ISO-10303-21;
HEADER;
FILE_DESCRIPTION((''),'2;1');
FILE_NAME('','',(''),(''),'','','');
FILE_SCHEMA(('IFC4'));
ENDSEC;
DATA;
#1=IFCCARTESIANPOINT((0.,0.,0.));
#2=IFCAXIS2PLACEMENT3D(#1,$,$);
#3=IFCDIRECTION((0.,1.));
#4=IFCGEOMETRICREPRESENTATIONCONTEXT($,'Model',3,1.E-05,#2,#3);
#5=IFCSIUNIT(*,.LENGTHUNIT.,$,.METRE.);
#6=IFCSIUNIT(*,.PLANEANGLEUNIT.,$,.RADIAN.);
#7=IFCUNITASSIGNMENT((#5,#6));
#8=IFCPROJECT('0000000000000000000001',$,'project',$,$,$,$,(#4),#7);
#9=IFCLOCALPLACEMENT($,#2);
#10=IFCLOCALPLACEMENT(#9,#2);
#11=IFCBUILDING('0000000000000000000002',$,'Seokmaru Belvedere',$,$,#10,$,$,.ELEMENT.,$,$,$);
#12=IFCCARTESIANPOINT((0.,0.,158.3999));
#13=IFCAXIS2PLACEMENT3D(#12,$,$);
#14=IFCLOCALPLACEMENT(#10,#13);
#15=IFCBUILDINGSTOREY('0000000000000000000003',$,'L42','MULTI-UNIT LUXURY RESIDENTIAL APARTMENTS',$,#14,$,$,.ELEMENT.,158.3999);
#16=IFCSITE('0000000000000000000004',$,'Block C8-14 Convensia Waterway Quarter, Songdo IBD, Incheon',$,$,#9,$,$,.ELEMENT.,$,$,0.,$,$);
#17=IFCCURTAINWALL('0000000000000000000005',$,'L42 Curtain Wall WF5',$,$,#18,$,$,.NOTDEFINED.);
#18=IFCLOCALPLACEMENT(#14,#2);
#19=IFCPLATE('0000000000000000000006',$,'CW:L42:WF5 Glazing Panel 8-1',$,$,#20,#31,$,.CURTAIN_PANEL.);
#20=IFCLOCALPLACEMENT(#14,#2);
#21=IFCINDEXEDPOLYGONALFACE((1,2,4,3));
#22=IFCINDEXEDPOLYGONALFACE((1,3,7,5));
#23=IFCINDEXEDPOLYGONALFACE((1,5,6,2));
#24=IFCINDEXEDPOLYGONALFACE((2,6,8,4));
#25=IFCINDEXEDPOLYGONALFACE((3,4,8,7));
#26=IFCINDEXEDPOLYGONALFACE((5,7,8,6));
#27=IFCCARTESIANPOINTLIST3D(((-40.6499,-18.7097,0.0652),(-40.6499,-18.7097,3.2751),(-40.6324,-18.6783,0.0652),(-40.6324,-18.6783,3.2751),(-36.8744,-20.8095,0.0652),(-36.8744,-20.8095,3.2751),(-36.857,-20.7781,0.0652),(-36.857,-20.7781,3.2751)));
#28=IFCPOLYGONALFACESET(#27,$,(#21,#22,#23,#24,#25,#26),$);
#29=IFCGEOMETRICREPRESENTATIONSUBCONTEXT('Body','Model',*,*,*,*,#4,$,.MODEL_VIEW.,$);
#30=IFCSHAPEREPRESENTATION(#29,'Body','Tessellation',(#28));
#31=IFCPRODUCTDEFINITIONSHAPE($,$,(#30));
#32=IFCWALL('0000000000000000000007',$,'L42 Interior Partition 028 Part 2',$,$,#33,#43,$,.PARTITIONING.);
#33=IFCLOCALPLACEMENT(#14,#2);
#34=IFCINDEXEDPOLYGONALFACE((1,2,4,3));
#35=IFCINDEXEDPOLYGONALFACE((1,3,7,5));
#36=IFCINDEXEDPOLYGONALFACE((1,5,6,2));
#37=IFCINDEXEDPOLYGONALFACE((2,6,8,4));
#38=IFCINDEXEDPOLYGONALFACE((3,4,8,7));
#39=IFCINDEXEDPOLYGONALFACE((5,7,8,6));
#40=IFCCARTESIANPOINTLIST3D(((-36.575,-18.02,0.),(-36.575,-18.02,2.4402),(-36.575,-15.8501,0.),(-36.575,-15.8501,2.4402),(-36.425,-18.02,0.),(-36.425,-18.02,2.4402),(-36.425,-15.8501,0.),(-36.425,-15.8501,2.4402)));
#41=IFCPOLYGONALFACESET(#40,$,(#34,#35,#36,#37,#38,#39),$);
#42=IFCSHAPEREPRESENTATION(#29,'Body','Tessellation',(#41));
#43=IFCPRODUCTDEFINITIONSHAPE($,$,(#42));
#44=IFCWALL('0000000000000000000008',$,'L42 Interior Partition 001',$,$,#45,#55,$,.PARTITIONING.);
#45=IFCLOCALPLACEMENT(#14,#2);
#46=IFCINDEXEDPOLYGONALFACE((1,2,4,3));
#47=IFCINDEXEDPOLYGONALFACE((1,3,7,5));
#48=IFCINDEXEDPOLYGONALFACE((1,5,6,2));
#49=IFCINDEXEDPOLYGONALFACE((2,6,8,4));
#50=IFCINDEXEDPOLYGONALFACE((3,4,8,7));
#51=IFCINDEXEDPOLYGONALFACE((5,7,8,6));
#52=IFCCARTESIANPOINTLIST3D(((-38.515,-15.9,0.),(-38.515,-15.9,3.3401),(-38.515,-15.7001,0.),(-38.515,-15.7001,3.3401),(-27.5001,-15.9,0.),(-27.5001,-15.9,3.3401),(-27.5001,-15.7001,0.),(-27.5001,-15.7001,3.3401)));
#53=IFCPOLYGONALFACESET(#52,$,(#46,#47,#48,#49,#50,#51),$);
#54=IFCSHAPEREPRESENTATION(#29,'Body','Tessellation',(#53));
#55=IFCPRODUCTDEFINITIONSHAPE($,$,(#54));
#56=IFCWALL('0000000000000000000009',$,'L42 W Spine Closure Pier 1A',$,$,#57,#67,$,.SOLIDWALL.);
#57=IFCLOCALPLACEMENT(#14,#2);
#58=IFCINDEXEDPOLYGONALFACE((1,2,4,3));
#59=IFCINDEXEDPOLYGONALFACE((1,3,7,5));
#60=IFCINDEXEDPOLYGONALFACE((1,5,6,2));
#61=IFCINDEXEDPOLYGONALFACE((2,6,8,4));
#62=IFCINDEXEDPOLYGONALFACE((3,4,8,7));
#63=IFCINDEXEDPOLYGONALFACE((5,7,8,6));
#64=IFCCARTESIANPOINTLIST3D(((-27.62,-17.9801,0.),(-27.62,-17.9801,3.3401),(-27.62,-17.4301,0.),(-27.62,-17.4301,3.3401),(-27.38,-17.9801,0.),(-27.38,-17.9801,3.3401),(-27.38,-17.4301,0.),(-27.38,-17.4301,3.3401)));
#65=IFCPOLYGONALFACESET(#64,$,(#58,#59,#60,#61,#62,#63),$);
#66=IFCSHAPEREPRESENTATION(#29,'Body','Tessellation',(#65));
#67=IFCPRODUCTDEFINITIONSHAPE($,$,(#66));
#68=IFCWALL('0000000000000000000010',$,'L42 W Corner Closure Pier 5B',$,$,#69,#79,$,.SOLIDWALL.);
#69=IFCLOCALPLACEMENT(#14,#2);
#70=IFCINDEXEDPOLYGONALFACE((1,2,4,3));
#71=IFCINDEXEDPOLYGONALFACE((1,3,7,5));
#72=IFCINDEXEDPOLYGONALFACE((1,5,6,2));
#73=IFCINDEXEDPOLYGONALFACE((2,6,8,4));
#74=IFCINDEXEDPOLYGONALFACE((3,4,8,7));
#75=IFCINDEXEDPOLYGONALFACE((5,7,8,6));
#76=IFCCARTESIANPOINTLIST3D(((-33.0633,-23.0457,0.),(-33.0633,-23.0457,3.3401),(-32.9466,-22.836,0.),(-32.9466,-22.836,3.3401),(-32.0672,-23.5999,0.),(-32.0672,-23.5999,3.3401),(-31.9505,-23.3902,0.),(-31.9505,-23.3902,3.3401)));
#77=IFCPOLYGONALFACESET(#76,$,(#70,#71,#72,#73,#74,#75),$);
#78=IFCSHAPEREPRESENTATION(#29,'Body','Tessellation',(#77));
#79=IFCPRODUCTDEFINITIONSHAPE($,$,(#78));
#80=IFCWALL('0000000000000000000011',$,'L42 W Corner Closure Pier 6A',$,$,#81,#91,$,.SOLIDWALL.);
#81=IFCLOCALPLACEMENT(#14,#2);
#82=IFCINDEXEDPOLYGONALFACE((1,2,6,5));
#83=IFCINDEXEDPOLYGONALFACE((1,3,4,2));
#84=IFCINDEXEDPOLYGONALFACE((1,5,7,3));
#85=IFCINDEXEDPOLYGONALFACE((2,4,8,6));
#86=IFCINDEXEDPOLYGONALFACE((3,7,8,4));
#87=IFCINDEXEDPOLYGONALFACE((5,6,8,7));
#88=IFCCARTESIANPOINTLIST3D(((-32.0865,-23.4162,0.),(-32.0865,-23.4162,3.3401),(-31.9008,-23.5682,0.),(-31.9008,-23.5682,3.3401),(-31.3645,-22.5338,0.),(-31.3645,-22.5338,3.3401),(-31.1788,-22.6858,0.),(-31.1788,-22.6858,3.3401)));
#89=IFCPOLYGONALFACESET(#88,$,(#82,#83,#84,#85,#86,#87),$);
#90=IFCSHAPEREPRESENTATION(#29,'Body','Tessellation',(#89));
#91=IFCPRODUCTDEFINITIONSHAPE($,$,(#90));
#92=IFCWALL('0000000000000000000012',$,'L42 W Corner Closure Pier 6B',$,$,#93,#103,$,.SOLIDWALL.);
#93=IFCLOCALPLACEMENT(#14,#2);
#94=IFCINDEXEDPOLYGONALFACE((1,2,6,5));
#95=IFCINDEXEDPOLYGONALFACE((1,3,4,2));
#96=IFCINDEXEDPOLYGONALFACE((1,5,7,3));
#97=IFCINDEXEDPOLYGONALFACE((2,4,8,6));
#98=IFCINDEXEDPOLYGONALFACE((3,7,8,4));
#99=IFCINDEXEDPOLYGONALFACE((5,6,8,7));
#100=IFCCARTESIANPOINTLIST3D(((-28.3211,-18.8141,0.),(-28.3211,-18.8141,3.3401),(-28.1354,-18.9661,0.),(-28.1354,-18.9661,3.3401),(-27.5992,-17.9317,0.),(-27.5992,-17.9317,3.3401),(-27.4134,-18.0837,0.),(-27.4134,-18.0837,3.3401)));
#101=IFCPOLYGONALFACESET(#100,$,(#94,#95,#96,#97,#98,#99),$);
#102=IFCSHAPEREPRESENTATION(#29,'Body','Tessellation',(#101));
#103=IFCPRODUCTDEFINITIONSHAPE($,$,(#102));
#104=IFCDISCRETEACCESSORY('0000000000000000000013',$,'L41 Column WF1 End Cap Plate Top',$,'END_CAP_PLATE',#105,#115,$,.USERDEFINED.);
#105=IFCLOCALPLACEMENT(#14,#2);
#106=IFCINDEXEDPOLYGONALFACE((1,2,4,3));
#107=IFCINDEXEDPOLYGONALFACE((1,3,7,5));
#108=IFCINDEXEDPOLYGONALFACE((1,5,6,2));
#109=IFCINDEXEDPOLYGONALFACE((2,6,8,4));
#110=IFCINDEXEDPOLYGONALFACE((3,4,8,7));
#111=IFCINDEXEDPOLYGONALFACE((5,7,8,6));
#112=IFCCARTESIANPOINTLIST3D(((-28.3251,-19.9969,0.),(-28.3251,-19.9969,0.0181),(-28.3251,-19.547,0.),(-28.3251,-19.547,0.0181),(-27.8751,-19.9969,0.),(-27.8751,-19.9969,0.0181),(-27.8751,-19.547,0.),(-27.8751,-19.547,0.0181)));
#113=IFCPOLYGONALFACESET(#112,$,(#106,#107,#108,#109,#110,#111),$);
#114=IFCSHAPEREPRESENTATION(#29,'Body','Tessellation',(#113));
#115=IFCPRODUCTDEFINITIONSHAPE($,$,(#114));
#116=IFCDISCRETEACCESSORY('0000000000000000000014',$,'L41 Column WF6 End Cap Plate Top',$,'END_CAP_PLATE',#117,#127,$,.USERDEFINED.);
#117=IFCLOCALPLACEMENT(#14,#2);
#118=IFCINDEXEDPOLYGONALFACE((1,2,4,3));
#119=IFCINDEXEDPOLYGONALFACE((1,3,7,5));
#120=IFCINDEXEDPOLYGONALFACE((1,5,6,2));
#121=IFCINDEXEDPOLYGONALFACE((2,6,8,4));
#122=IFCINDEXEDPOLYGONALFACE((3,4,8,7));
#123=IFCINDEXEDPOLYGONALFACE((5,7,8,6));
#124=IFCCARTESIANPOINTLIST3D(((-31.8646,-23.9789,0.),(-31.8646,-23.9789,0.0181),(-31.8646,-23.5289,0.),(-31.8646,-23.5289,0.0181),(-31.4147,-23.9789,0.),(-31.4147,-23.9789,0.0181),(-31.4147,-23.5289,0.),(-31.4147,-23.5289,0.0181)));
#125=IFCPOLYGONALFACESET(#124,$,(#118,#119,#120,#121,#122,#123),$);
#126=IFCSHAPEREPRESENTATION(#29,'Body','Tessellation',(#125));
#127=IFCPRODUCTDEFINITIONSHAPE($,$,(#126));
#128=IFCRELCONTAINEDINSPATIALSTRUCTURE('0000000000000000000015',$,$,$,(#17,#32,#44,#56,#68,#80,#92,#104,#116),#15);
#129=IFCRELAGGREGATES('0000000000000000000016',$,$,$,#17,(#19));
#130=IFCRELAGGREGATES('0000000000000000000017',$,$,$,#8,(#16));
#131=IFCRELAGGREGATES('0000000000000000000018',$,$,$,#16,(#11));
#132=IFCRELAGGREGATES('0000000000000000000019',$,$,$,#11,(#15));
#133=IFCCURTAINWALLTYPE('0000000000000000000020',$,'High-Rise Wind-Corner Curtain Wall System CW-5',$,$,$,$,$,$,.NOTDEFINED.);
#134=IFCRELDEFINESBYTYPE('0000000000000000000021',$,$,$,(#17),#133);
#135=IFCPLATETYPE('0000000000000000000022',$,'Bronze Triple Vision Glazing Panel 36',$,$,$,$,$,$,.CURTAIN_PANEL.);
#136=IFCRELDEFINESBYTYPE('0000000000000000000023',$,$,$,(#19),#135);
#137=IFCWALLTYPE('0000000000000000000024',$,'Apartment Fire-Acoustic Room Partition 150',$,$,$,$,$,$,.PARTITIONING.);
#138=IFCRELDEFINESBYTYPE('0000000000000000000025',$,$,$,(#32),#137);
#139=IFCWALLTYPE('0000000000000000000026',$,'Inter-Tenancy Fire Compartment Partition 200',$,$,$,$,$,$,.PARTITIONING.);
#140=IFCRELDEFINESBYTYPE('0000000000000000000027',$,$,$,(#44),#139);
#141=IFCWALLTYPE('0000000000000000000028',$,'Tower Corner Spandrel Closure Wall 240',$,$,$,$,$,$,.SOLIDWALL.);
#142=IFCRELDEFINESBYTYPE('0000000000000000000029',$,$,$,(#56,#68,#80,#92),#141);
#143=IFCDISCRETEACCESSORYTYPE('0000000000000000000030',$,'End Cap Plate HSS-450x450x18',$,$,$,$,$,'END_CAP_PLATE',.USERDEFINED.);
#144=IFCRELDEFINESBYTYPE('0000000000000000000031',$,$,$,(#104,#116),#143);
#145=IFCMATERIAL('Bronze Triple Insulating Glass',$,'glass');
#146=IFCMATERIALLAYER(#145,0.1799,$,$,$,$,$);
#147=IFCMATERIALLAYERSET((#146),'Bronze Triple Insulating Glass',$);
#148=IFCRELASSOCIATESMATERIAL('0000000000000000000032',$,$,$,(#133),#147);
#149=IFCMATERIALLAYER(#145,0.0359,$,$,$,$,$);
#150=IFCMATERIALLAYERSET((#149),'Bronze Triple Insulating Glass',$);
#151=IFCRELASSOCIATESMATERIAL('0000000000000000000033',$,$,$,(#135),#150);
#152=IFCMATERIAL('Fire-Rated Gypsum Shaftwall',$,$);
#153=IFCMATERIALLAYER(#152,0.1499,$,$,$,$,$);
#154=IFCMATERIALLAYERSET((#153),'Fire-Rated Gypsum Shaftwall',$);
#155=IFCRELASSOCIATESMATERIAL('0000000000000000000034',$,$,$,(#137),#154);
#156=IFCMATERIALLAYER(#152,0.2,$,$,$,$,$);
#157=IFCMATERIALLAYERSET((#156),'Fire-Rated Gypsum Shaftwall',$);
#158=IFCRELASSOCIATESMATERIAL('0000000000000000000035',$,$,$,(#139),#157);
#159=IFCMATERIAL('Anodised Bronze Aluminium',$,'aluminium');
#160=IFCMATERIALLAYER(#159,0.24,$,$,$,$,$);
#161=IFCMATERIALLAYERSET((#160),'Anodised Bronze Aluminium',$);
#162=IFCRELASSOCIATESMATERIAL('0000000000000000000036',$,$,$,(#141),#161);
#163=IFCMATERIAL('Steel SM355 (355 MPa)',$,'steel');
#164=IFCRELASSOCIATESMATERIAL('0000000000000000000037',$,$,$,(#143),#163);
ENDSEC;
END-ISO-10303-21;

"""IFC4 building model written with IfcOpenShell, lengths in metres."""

from ifc_helpers import new_model, si_unit, direction, frame, frame_2d, origin, origin_2d, place, context, subcontext, project, spatial, rectangle, extrude, source, transform, mapped, material, layer, layer_set, type_object, type_shapes, element, aggregate, save


model = new_model("IFC4")

# Units and contexts
model_context = context("Model", 3, precision=1e-05, world=origin(), true_north=direction((0.0, 1.0)))
body_context = subcontext(model_context, "Body", "Model", "MODEL_VIEW")
ifc_project = project(units=[si_unit("LENGTHUNIT", "METRE"), si_unit("PLANEANGLEUNIT", "RADIAN")], contexts=[model_context])

# Site, building, storey
site_placement = place(None, origin())
site = spatial("IfcSite", under=ifc_project, at=site_placement, Name="Block C8-14 Convensia Waterway Quarter, Songdo IBD, Incheon", CompositionType="ELEMENT", RefElevation=0.0)
building_placement = place(site_placement, origin())
building = spatial("IfcBuilding", under=site, at=building_placement, Name="Seokmaru Belvedere", CompositionType="ELEMENT")
storey_placement = place(building_placement, frame((0.0, 0.0, 158.3999)))
storey = spatial("IfcBuildingStorey", under=building, at=storey_placement, Name="L42", Description="MULTI-UNIT LUXURY RESIDENTIAL APARTMENTS", CompositionType="ELEMENT", Elevation=158.3999)

# Shared definitions
ifc_material_1 = material(Name="Steel SM355 (355 MPa)", Category="steel")

# Curtain wall
ifc_material_2 = material(Name="Bronze Triple Insulating Glass", Category="glass")
ifc_layer_1 = layer(ifc_material_2, 0.1799)
ifc_layer_set_1 = layer_set([ifc_layer_1], Name="Bronze Triple Insulating Glass")
curtain_wall_type = type_object("IfcCurtainWallType", Name="High-Rise Wind-Corner Curtain Wall System CW-5", PredefinedType="NOTDEFINED", material=ifc_layer_set_1)
ifc_material_3 = material(Name="Anodised Bronze Aluminium", Category="aluminium")
curtain_wall_1_placement = place(storey_placement, origin())
curtain_wall_1 = element("IfcCurtainWall", 1, at=curtain_wall_1_placement, inside=storey, type_object=curtain_wall_type, Name="L42 Curtain Wall WF5", PredefinedType="NOTDEFINED")

# Plate
ifc_layer_2 = layer(ifc_material_2, 0.0359)
ifc_layer_set_2 = layer_set([ifc_layer_2], Name="Bronze Triple Insulating Glass")
plate_type = type_object("IfcPlateType", Name="Bronze Triple Vision Glazing Panel 36", PredefinedType="CURTAIN_PANEL", material=ifc_layer_set_2)
shared_shape_1 = source(origin(), body_context, "Body", "SweptSolid", [
    extrude(rectangle(XDim=4.3201, YDim=0.0359, at=origin_2d()), origin(), (0.0, 0.0, 1.0), 3.21),
])
plate_1_placement = place(storey_placement, frame((-38.7534, -19.7439, 0.0652), z_axis=(0.0, 0.0, 1.0), x_axis=(0.873933, -0.486047, 0.0)))
plate_1 = element("IfcPlate", 2, at=plate_1_placement, type_object=plate_type, Name="CW:L42:WF5 Glazing Panel 8-1", PredefinedType="CURTAIN_PANEL", context=body_context, shape_type="MappedRepresentation", body=[
    mapped(shared_shape_1, transform((0.0, 0.0, 0.0), scale=1.0)),
])
aggregate(curtain_wall_1, [plate_1])

# Shared definitions
ifc_material_4 = material(Name="Fire-Rated Gypsum Shaftwall")
ifc_layer_3 = layer(ifc_material_4, 0.1499)
ifc_layer_set_3 = layer_set([ifc_layer_3], Name="Fire-Rated Gypsum Shaftwall")
wall_type_1 = type_object("IfcWallType", Name="Apartment Fire-Acoustic Room Partition 150", PredefinedType="PARTITIONING", material=ifc_layer_set_3)

# Walls
wall_1_placement = place(storey_placement, frame((-36.5, -18.02, 0.0), z_axis=(0.0, 0.0, 1.0), x_axis=(0.0, 1.0, 0.0)))
element("IfcWall", 3, at=wall_1_placement, inside=storey, type_object=wall_type_1, Name="L42 Interior Partition 028 Part 2", PredefinedType="PARTITIONING", context=body_context, shape_type="SweptSolid", body=[
    extrude(rectangle(XDim=2.1699, YDim=0.1499, at=frame_2d((1.085, 0.0))), origin(), (0.0, 0.0, 1.0), 2.4402),
])
ifc_layer_4 = layer(ifc_material_4, 0.2)
ifc_layer_set_4 = layer_set([ifc_layer_4], Name="Fire-Rated Gypsum Shaftwall")
wall_type_2 = type_object("IfcWallType", Name="Inter-Tenancy Fire Compartment Partition 200", PredefinedType="PARTITIONING", material=ifc_layer_set_4)
wall_2_placement = place(storey_placement, frame((-38.5149, -15.8, 0.0), z_axis=(0.0, 0.0, 1.0), x_axis=(1.0, 0.0, 0.0)))
element("IfcWall", 4, at=wall_2_placement, inside=storey, type_object=wall_type_2, Name="L42 Interior Partition 001", PredefinedType="PARTITIONING", context=body_context, shape_type="SweptSolid", body=[
    extrude(rectangle(XDim=11.0149, YDim=0.2, at=frame_2d((5.5073, 0.0))), origin(), (0.0, 0.0, 1.0), 3.3401),
])
ifc_layer_5 = layer(ifc_material_3, 0.24)
ifc_layer_set_5 = layer_set([ifc_layer_5], Name="Anodised Bronze Aluminium")
wall_type_3 = type_object("IfcWallType", Name="Tower Corner Spandrel Closure Wall 240", PredefinedType="SOLIDWALL", material=ifc_layer_set_5)
wall_3_placement = place(storey_placement, frame((-27.5, -17.98, 0.0), z_axis=(0.0, 0.0, 1.0), x_axis=(0.0, 1.0, 0.0)))
element("IfcWall", 5, at=wall_3_placement, inside=storey, type_object=wall_type_3, Name="L42 W Spine Closure Pier 1A", PredefinedType="SOLIDWALL", context=body_context, shape_type="SweptSolid", body=[
    extrude(rectangle(XDim=0.55, YDim=0.24, at=frame_2d((0.2749, 0.0))), origin(), (0.0, 0.0, 1.0), 3.3401),
])
wall_4_placement = place(storey_placement, frame((-33.0049, -22.9409, 0.0), z_axis=(0.0, 0.0, 1.0), x_axis=(0.873854, -0.486188, 0.0)))
element("IfcWall", 6, at=wall_4_placement, inside=storey, type_object=wall_type_3, Name="L42 W Corner Closure Pier 5B", PredefinedType="SOLIDWALL", context=body_context, shape_type="SweptSolid", body=[
    extrude(rectangle(XDim=1.1399, YDim=0.24, at=frame_2d((0.5698, 0.0))), origin(), (0.0, 0.0, 1.0), 3.3401),
])
for number, where, z_axis, x_axis, name in (
    (7, (-31.9937, -23.4922, 0.0), (0.0, 0.0, 1.0), (0.633249, 0.773948, 0.0), "L42 W Corner Closure Pier 6A"),
    (8, (-28.2283, -18.8901, 0.0), (0.0, 0.0, 1.0), (0.633249, 0.773948, 0.0), "L42 W Corner Closure Pier 6B"),
):
    element("IfcWall", number, at=place(storey_placement, frame(where, z_axis=z_axis, x_axis=x_axis)), inside=storey, type_object=wall_type_3, Name=name, PredefinedType="SOLIDWALL", context=body_context, shape_type="SweptSolid", body=[
        extrude(rectangle(XDim=1.1401, YDim=0.24, at=frame_2d((0.5701, 0.0))), origin(), (0.0, 0.0, 1.0), 3.3401),
    ])

# Discrete accessories
discrete_accessory_type = type_object("IfcDiscreteAccessoryType", Name="End Cap Plate HSS-450x450x18", ElementType="END_CAP_PLATE", PredefinedType="USERDEFINED", material=ifc_material_1)
shared_shape_2 = source(origin(), body_context, "Body", "SweptSolid", [
    extrude(rectangle(XDim=0.45, YDim=0.45, at=origin_2d()), origin(), (0.0, 0.0, 1.0), 0.0181),
])
type_shapes(discrete_accessory_type, [shared_shape_2])
for number, where, z_axis, x_axis, name in (
    (9, (-28.1001, -19.772, 0.0), (0.0, 0.0, 1.0), (1.0, 0.0, 0.0), "L41 Column WF1 End Cap Plate Top"),
    (10, (-31.6396, -23.7539, 0.0), (0.0, 0.0, 1.0), (1.0, 0.0, 0.0), "L41 Column WF6 End Cap Plate Top"),
):
    element("IfcDiscreteAccessory", number, at=place(storey_placement, frame(where, z_axis=z_axis, x_axis=x_axis)), inside=storey, type_object=discrete_accessory_type, Name=name, ObjectType="END_CAP_PLATE", PredefinedType="USERDEFINED", context=body_context, shape_type="MappedRepresentation", body=[
        mapped(shared_shape_2, transform((0.0, 0.0, 0.0), scale=1.0)),
    ])

save(model, "model.ifc")
